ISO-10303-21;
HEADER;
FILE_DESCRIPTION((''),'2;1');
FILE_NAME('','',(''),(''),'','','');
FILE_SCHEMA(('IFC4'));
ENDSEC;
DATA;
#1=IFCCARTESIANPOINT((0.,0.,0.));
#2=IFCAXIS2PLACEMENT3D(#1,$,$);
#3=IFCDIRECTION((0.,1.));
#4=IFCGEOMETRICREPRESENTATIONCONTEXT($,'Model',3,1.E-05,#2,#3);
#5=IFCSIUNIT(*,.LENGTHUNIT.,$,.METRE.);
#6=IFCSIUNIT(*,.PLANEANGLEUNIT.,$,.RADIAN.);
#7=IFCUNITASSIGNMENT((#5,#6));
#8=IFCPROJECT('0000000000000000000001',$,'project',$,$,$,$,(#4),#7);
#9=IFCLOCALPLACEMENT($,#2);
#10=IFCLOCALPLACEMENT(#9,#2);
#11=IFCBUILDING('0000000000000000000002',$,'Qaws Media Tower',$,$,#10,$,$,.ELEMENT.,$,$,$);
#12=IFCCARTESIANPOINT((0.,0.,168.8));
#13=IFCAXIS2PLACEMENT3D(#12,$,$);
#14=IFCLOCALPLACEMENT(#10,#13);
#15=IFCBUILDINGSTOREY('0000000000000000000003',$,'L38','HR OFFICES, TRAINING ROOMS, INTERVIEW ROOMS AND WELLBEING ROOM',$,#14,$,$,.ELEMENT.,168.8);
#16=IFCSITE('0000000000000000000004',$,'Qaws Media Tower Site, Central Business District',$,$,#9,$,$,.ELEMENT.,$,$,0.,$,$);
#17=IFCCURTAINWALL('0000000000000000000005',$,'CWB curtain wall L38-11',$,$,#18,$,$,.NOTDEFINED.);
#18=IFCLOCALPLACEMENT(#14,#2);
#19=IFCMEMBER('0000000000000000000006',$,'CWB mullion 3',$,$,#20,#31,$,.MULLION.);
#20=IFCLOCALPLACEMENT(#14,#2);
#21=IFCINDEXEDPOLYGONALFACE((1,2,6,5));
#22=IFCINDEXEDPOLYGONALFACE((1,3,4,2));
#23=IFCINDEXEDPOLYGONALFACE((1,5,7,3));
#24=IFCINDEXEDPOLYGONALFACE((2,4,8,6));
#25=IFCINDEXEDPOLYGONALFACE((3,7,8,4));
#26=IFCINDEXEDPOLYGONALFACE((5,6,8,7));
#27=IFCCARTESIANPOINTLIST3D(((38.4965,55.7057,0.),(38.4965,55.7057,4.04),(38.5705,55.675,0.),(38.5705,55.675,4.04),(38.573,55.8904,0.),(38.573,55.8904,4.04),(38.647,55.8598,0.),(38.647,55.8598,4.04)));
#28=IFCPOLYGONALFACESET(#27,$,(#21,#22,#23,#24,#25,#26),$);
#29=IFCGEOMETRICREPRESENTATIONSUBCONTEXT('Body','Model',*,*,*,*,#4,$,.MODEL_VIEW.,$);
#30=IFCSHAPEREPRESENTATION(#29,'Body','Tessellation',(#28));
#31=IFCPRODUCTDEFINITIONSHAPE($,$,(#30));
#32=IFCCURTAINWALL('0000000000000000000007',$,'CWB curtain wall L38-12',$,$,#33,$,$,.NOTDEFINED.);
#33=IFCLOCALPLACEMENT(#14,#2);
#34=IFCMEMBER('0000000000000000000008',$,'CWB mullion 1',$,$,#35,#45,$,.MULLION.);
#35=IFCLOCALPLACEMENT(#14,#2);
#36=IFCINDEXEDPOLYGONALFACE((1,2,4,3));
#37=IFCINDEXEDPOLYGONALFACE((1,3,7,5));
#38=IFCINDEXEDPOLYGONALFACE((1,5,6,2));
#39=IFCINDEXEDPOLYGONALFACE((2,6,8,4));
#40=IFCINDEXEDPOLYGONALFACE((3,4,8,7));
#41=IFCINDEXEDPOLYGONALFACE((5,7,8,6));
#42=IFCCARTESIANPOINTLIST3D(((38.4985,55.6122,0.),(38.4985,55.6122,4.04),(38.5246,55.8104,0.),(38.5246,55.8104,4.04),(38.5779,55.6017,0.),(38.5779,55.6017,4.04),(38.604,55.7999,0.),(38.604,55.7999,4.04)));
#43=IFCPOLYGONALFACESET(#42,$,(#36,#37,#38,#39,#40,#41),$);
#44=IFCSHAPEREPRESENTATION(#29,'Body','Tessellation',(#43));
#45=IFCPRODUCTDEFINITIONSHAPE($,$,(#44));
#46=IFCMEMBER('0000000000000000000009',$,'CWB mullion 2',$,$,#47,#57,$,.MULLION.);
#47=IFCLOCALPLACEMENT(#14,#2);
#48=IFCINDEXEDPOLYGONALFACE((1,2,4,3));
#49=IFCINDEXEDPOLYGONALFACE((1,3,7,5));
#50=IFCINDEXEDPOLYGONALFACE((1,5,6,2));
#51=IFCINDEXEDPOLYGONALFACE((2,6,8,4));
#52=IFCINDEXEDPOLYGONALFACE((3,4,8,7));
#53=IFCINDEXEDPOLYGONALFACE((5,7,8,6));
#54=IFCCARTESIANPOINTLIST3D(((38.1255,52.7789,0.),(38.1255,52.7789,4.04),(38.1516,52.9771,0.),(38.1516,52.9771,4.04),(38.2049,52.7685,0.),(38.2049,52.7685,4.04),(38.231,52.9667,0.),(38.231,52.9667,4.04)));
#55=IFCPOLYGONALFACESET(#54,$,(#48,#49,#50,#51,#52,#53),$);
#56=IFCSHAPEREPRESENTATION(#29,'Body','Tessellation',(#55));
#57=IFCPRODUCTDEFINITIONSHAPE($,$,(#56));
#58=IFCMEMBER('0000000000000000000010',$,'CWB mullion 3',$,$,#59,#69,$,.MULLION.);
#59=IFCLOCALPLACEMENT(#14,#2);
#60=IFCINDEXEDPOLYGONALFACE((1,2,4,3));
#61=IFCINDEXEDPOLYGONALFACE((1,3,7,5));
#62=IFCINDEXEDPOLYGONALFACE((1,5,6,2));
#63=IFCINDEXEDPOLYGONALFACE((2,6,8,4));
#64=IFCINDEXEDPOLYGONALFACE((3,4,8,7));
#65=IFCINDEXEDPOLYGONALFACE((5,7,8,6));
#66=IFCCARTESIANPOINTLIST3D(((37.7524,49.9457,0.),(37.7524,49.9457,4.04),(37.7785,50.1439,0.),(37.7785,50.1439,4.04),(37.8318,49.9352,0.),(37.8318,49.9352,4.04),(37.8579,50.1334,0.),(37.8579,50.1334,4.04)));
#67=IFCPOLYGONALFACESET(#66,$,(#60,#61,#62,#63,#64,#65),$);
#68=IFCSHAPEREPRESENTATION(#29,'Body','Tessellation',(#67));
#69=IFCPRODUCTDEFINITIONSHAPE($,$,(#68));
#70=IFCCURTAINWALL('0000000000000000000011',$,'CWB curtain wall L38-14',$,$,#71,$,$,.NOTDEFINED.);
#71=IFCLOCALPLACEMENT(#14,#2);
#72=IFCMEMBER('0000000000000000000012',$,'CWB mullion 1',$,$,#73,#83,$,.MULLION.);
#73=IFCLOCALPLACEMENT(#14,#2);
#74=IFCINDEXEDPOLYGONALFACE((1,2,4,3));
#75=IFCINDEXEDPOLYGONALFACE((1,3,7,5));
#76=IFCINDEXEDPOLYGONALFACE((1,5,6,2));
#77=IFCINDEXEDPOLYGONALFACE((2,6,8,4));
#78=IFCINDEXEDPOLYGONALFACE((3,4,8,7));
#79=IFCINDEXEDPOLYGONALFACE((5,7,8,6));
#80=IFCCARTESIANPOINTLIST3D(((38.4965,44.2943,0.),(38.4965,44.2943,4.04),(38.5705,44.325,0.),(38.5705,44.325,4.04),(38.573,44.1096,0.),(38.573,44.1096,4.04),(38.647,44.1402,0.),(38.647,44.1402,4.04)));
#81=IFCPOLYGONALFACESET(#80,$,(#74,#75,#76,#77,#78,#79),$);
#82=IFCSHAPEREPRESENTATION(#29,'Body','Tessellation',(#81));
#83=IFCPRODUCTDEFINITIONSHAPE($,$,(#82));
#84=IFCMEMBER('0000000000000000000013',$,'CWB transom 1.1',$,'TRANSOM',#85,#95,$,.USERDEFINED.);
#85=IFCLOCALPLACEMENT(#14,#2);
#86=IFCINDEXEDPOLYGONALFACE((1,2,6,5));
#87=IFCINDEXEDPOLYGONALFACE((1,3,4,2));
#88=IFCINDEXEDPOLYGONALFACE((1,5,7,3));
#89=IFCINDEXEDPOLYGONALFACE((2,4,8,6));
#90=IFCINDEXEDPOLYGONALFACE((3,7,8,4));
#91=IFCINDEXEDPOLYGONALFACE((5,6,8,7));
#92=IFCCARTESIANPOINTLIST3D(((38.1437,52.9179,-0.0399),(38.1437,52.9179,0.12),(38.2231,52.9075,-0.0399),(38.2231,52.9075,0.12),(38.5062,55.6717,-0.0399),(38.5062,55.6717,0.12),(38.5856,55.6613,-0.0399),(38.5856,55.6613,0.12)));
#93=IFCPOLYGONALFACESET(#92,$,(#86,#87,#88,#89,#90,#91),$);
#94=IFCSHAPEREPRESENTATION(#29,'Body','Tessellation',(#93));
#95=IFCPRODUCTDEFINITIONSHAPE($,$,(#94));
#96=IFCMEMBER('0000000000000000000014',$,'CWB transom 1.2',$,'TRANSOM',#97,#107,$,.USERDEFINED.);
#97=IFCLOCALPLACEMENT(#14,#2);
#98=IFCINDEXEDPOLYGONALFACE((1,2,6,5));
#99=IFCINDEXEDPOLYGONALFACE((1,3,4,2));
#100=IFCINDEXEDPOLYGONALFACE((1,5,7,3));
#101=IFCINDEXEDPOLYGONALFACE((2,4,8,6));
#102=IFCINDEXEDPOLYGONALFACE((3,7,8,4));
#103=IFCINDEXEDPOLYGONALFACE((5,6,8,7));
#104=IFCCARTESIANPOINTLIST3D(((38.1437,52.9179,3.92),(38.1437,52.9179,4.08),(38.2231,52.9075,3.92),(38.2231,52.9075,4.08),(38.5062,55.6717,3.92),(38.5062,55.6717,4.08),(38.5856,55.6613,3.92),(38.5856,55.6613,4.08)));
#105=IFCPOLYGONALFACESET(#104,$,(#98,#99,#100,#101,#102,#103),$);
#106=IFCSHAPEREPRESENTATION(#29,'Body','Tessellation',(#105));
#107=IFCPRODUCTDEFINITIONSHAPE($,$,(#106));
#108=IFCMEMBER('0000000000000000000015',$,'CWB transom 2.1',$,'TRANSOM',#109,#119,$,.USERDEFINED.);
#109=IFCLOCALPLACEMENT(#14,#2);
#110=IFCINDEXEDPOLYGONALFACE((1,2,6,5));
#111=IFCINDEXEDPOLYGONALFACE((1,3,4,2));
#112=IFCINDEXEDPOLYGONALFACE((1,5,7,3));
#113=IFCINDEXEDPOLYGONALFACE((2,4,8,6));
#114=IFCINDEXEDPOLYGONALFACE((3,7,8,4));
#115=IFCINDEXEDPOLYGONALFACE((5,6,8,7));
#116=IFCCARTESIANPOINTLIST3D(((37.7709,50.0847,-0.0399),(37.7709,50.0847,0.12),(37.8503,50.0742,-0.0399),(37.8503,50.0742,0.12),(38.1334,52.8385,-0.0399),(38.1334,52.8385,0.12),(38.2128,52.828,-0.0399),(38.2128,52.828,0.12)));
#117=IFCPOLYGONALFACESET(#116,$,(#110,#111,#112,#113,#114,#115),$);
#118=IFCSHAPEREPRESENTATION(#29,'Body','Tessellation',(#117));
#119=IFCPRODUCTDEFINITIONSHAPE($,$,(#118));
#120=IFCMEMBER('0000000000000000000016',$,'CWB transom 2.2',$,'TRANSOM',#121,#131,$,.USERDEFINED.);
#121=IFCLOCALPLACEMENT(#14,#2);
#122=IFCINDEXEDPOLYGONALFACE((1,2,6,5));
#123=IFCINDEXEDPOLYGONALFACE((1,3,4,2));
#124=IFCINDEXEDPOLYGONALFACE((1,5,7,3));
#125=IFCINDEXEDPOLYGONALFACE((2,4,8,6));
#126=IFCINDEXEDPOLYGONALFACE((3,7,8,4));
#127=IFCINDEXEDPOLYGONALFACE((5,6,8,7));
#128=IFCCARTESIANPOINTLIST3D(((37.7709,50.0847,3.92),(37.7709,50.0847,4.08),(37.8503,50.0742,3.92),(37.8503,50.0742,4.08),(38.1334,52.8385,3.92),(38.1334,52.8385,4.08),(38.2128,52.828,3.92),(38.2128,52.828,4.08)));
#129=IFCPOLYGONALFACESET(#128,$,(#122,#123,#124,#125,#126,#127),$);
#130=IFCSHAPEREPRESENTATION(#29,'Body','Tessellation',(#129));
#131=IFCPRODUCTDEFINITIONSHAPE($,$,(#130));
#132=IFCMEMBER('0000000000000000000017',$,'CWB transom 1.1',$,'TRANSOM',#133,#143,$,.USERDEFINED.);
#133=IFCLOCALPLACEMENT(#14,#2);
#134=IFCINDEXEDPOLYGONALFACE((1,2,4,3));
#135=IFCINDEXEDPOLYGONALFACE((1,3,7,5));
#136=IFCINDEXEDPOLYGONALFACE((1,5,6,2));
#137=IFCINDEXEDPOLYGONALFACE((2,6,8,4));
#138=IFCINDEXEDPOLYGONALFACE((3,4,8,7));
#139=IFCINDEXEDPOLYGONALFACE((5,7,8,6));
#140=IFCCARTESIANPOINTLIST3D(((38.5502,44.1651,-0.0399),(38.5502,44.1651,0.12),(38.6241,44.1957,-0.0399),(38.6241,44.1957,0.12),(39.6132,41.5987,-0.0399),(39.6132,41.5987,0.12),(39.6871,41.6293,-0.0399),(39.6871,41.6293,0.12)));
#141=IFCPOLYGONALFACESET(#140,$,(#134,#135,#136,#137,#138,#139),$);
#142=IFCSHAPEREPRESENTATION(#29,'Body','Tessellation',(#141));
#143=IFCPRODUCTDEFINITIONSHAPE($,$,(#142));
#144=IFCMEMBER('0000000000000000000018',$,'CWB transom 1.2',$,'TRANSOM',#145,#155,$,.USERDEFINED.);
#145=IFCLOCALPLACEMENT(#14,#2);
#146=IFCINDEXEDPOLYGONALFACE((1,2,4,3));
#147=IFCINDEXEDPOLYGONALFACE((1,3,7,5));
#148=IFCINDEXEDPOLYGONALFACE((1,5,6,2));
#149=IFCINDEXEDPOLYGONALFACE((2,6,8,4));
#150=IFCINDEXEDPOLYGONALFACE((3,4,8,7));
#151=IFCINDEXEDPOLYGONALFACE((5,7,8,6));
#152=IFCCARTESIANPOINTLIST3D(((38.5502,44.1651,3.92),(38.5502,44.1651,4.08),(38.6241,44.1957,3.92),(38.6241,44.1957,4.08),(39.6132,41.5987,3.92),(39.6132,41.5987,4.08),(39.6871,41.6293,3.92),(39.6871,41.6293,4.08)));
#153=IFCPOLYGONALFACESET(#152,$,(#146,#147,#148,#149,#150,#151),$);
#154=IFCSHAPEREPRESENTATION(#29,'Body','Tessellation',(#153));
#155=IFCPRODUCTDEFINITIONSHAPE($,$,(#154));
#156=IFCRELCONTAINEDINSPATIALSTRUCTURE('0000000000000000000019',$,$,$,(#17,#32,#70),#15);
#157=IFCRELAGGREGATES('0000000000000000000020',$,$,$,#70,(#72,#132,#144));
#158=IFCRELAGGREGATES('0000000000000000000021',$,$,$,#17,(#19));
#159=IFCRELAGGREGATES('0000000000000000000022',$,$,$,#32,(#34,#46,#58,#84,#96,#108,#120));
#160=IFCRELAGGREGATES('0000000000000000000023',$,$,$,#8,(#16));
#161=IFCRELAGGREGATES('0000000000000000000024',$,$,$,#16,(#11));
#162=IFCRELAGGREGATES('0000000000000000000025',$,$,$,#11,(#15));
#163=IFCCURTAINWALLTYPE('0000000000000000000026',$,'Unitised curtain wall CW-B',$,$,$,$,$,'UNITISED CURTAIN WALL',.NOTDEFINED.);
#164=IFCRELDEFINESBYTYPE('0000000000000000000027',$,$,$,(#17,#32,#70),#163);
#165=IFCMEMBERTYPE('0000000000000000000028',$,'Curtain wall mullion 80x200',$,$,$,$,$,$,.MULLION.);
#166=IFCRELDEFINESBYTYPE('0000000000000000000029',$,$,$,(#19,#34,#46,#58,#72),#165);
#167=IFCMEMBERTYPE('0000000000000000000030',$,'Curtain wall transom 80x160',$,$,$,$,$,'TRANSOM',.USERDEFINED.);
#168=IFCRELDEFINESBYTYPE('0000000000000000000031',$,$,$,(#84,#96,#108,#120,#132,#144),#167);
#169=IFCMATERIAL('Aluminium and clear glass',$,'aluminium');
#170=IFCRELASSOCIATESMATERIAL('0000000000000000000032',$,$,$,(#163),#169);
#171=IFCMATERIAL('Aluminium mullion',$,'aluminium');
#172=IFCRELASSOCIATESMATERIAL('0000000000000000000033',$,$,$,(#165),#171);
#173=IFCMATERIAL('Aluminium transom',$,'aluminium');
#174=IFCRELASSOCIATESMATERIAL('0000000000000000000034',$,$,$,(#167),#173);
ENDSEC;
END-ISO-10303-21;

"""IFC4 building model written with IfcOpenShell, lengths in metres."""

from ifc_helpers import new_model, si_unit, direction, frame, origin, origin_2d, place, context, subcontext, project, spatial, rectangle, extrude, material, material_profile, profile_set, type_object, element, aggregate, save


model = new_model("IFC4")

# Units and contexts
model_context = context("Model", 3, precision=1e-05, world=origin(), true_north=direction((0.0, 1.0)))
body_context = subcontext(model_context, "Body", "Model", "MODEL_VIEW")
ifc_project = project(units=[si_unit("LENGTHUNIT", "METRE"), si_unit("PLANEANGLEUNIT", "RADIAN")], contexts=[model_context])

# Site, building, storey
site_placement = place(None, origin())
site = spatial("IfcSite", under=ifc_project, at=site_placement, Name="Qaws Media Tower Site, Central Business District", CompositionType="ELEMENT", RefElevation=0.0)
building_placement = place(site_placement, origin())
building = spatial("IfcBuilding", under=site, at=building_placement, Name="Qaws Media Tower", CompositionType="ELEMENT")
storey_placement = place(building_placement, frame((0.0, 0.0, 168.8)))
storey = spatial("IfcBuildingStorey", under=building, at=storey_placement, Name="L38", Description="HR OFFICES, TRAINING ROOMS, INTERVIEW ROOMS AND WELLBEING ROOM", CompositionType="ELEMENT", Elevation=168.8)

# Curtain wall, member
ifc_material_1 = material(Name="Aluminium and clear glass", Category="aluminium")
curtain_wall_type = type_object("IfcCurtainWallType", Name="Unitised curtain wall CW-B", ElementType="UNITISED CURTAIN WALL", PredefinedType="NOTDEFINED", material=ifc_material_1)
curtain_wall_1_placement = place(storey_placement, origin())
curtain_wall_1 = element("IfcCurtainWall", 1, at=curtain_wall_1_placement, inside=storey, type_object=curtain_wall_type, Name="CWB curtain wall L38-11", PredefinedType="NOTDEFINED")
ifc_material_2 = material(Name="Aluminium mullion", Category="aluminium")
ifc_material_profile_1 = material_profile(ifc_material_2, rectangle(XDim=0.0801, YDim=0.2, at=origin_2d()), Name="80x200")
ifc_profile_set_1 = profile_set([ifc_material_profile_1], Name="Aluminium mullion")
member_type_1 = type_object("IfcMemberType", Name="Curtain wall mullion 80x200", PredefinedType="MULLION", material=ifc_profile_set_1)
member_1_placement = place(storey_placement, frame((38.5718, 55.7827, 0.0), z_axis=(0.0, 0.0, 1.0), x_axis=(0.92388, -0.382683, 0.0)))
member_1 = element("IfcMember", 2, at=member_1_placement, type_object=member_type_1, Name="CWB mullion 3", PredefinedType="MULLION", context=body_context, shape_type="SweptSolid", body=[
    extrude(rectangle(XDim=0.0801, YDim=0.2, at=origin_2d()), origin(), (0.0, 0.0, 1.0), 4.04),
])

# Curtain wall, members
curtain_wall_2_placement = place(storey_placement, origin())
curtain_wall_2 = element("IfcCurtainWall", 3, at=curtain_wall_2_placement, inside=storey, type_object=curtain_wall_type, Name="CWB curtain wall L38-12", PredefinedType="NOTDEFINED")
member_2_placement = place(storey_placement, frame((38.5513, 55.7061, 0.0), z_axis=(0.0, 0.0, 1.0), x_axis=(0.991445, -0.130526, 0.0)))
member_2 = element("IfcMember", 4, at=member_2_placement, type_object=member_type_1, Name="CWB mullion 1", PredefinedType="MULLION", context=body_context, shape_type="SweptSolid", body=[
    extrude(rectangle(XDim=0.0801, YDim=0.2, at=origin_2d()), origin(), (0.0, 0.0, 1.0), 4.04),
])
member_3_placement = place(storey_placement, frame((38.1782, 52.8728, 0.0), z_axis=(0.0, 0.0, 1.0), x_axis=(0.991445, -0.130526, 0.0)))
member_3 = element("IfcMember", 5, at=member_3_placement, type_object=member_type_1, Name="CWB mullion 2", PredefinedType="MULLION", context=body_context, shape_type="SweptSolid", body=[
    extrude(rectangle(XDim=0.0801, YDim=0.2, at=origin_2d()), origin(), (0.0, 0.0, 1.0), 4.04),
])
member_4_placement = place(storey_placement, frame((37.8052, 50.0396, 0.0), z_axis=(0.0, 0.0, 1.0), x_axis=(0.991445, -0.130526, 0.0)))
member_4 = element("IfcMember", 6, at=member_4_placement, type_object=member_type_1, Name="CWB mullion 3", PredefinedType="MULLION", context=body_context, shape_type="SweptSolid", body=[
    extrude(rectangle(XDim=0.0801, YDim=0.2, at=origin_2d()), origin(), (0.0, 0.0, 1.0), 4.04),
])

# Curtain wall, member
curtain_wall_3_placement = place(storey_placement, origin())
curtain_wall_3 = element("IfcCurtainWall", 7, at=curtain_wall_3_placement, inside=storey, type_object=curtain_wall_type, Name="CWB curtain wall L38-14", PredefinedType="NOTDEFINED")
member_5_placement = place(storey_placement, frame((38.5718, 44.2173, 0.0), z_axis=(0.0, 0.0, 1.0), x_axis=(0.92388, 0.382683, 0.0)))
member_5 = element("IfcMember", 8, at=member_5_placement, type_object=member_type_1, Name="CWB mullion 1", PredefinedType="MULLION", context=body_context, shape_type="SweptSolid", body=[
    extrude(rectangle(XDim=0.0801, YDim=0.2, at=origin_2d()), origin(), (0.0, 0.0, 1.0), 4.04),
])

# Members
ifc_material_3 = material(Name="Aluminium transom", Category="aluminium")
ifc_material_profile_2 = material_profile(ifc_material_3, rectangle(XDim=0.0801, YDim=0.1599, at=origin_2d()), Name="80x160")
ifc_profile_set_2 = profile_set([ifc_material_profile_2], Name="Aluminium transom")
member_type_2 = type_object("IfcMemberType", Name="Curtain wall transom 80x160", ElementType="TRANSOM", PredefinedType="USERDEFINED", material=ifc_profile_set_2)
member_6_placement = place(storey_placement, frame((38.5459, 55.6665, 0.04), z_axis=(-0.130523, -0.991445, 0.0), x_axis=(0.991445, -0.130523, 0.0)))
member_6 = element("IfcMember", 9, at=member_6_placement, type_object=member_type_2, Name="CWB transom 1.1", ObjectType="TRANSOM", PredefinedType="USERDEFINED", context=body_context, shape_type="SweptSolid", body=[
    extrude(rectangle(XDim=0.0801, YDim=0.1599, at=origin_2d()), origin(), (0.0, 0.0, 1.0), 2.7776),
])
member_7_placement = place(storey_placement, frame((38.5459, 55.6665, 4.0), z_axis=(-0.130523, -0.991445, 0.0), x_axis=(0.991445, -0.130523, 0.0)))
member_7 = element("IfcMember", 10, at=member_7_placement, type_object=member_type_2, Name="CWB transom 1.2", ObjectType="TRANSOM", PredefinedType="USERDEFINED", context=body_context, shape_type="SweptSolid", body=[
    extrude(rectangle(XDim=0.0801, YDim=0.1599, at=origin_2d()), origin(), (0.0, 0.0, 1.0), 2.7776),
])
member_8_placement = place(storey_placement, frame((38.1731, 52.8333, 0.04), z_axis=(-0.130523, -0.991445, 0.0), x_axis=(0.991445, -0.130523, 0.0)))
member_8 = element("IfcMember", 11, at=member_8_placement, type_object=member_type_2, Name="CWB transom 2.1", ObjectType="TRANSOM", PredefinedType="USERDEFINED", context=body_context, shape_type="SweptSolid", body=[
    extrude(rectangle(XDim=0.0801, YDim=0.1599, at=origin_2d()), origin(), (0.0, 0.0, 1.0), 2.7776),
])
member_9_placement = place(storey_placement, frame((38.1731, 52.8333, 4.0), z_axis=(-0.130523, -0.991445, 0.0), x_axis=(0.991445, -0.130523, 0.0)))
member_9 = element("IfcMember", 12, at=member_9_placement, type_object=member_type_2, Name="CWB transom 2.2", ObjectType="TRANSOM", PredefinedType="USERDEFINED", context=body_context, shape_type="SweptSolid", body=[
    extrude(rectangle(XDim=0.0801, YDim=0.1599, at=origin_2d()), origin(), (0.0, 0.0, 1.0), 2.7776),
])
member_10_placement = place(storey_placement, frame((38.5872, 44.1804, 0.04), z_axis=(0.382667, -0.923886, 0.0), x_axis=(0.923886, 0.382667, 0.0)))
member_10 = element("IfcMember", 13, at=member_10_placement, type_object=member_type_2, Name="CWB transom 1.1", ObjectType="TRANSOM", PredefinedType="USERDEFINED", context=body_context, shape_type="SweptSolid", body=[
    extrude(rectangle(XDim=0.0801, YDim=0.1599, at=origin_2d()), origin(), (0.0, 0.0, 1.0), 2.7778),
])
member_11_placement = place(storey_placement, frame((38.5872, 44.1804, 4.0), z_axis=(0.382667, -0.923886, 0.0), x_axis=(0.923886, 0.382667, 0.0)))
member_11 = element("IfcMember", 14, at=member_11_placement, type_object=member_type_2, Name="CWB transom 1.2", ObjectType="TRANSOM", PredefinedType="USERDEFINED", context=body_context, shape_type="SweptSolid", body=[
    extrude(rectangle(XDim=0.0801, YDim=0.1599, at=origin_2d()), origin(), (0.0, 0.0, 1.0), 2.7778),
])
aggregate(curtain_wall_3, [member_5, member_10, member_11])

aggregate(curtain_wall_1, [member_1])
aggregate(curtain_wall_2, [member_2, member_3, member_4, member_6, member_7, member_8, member_9])

save(model, "model.ifc")
